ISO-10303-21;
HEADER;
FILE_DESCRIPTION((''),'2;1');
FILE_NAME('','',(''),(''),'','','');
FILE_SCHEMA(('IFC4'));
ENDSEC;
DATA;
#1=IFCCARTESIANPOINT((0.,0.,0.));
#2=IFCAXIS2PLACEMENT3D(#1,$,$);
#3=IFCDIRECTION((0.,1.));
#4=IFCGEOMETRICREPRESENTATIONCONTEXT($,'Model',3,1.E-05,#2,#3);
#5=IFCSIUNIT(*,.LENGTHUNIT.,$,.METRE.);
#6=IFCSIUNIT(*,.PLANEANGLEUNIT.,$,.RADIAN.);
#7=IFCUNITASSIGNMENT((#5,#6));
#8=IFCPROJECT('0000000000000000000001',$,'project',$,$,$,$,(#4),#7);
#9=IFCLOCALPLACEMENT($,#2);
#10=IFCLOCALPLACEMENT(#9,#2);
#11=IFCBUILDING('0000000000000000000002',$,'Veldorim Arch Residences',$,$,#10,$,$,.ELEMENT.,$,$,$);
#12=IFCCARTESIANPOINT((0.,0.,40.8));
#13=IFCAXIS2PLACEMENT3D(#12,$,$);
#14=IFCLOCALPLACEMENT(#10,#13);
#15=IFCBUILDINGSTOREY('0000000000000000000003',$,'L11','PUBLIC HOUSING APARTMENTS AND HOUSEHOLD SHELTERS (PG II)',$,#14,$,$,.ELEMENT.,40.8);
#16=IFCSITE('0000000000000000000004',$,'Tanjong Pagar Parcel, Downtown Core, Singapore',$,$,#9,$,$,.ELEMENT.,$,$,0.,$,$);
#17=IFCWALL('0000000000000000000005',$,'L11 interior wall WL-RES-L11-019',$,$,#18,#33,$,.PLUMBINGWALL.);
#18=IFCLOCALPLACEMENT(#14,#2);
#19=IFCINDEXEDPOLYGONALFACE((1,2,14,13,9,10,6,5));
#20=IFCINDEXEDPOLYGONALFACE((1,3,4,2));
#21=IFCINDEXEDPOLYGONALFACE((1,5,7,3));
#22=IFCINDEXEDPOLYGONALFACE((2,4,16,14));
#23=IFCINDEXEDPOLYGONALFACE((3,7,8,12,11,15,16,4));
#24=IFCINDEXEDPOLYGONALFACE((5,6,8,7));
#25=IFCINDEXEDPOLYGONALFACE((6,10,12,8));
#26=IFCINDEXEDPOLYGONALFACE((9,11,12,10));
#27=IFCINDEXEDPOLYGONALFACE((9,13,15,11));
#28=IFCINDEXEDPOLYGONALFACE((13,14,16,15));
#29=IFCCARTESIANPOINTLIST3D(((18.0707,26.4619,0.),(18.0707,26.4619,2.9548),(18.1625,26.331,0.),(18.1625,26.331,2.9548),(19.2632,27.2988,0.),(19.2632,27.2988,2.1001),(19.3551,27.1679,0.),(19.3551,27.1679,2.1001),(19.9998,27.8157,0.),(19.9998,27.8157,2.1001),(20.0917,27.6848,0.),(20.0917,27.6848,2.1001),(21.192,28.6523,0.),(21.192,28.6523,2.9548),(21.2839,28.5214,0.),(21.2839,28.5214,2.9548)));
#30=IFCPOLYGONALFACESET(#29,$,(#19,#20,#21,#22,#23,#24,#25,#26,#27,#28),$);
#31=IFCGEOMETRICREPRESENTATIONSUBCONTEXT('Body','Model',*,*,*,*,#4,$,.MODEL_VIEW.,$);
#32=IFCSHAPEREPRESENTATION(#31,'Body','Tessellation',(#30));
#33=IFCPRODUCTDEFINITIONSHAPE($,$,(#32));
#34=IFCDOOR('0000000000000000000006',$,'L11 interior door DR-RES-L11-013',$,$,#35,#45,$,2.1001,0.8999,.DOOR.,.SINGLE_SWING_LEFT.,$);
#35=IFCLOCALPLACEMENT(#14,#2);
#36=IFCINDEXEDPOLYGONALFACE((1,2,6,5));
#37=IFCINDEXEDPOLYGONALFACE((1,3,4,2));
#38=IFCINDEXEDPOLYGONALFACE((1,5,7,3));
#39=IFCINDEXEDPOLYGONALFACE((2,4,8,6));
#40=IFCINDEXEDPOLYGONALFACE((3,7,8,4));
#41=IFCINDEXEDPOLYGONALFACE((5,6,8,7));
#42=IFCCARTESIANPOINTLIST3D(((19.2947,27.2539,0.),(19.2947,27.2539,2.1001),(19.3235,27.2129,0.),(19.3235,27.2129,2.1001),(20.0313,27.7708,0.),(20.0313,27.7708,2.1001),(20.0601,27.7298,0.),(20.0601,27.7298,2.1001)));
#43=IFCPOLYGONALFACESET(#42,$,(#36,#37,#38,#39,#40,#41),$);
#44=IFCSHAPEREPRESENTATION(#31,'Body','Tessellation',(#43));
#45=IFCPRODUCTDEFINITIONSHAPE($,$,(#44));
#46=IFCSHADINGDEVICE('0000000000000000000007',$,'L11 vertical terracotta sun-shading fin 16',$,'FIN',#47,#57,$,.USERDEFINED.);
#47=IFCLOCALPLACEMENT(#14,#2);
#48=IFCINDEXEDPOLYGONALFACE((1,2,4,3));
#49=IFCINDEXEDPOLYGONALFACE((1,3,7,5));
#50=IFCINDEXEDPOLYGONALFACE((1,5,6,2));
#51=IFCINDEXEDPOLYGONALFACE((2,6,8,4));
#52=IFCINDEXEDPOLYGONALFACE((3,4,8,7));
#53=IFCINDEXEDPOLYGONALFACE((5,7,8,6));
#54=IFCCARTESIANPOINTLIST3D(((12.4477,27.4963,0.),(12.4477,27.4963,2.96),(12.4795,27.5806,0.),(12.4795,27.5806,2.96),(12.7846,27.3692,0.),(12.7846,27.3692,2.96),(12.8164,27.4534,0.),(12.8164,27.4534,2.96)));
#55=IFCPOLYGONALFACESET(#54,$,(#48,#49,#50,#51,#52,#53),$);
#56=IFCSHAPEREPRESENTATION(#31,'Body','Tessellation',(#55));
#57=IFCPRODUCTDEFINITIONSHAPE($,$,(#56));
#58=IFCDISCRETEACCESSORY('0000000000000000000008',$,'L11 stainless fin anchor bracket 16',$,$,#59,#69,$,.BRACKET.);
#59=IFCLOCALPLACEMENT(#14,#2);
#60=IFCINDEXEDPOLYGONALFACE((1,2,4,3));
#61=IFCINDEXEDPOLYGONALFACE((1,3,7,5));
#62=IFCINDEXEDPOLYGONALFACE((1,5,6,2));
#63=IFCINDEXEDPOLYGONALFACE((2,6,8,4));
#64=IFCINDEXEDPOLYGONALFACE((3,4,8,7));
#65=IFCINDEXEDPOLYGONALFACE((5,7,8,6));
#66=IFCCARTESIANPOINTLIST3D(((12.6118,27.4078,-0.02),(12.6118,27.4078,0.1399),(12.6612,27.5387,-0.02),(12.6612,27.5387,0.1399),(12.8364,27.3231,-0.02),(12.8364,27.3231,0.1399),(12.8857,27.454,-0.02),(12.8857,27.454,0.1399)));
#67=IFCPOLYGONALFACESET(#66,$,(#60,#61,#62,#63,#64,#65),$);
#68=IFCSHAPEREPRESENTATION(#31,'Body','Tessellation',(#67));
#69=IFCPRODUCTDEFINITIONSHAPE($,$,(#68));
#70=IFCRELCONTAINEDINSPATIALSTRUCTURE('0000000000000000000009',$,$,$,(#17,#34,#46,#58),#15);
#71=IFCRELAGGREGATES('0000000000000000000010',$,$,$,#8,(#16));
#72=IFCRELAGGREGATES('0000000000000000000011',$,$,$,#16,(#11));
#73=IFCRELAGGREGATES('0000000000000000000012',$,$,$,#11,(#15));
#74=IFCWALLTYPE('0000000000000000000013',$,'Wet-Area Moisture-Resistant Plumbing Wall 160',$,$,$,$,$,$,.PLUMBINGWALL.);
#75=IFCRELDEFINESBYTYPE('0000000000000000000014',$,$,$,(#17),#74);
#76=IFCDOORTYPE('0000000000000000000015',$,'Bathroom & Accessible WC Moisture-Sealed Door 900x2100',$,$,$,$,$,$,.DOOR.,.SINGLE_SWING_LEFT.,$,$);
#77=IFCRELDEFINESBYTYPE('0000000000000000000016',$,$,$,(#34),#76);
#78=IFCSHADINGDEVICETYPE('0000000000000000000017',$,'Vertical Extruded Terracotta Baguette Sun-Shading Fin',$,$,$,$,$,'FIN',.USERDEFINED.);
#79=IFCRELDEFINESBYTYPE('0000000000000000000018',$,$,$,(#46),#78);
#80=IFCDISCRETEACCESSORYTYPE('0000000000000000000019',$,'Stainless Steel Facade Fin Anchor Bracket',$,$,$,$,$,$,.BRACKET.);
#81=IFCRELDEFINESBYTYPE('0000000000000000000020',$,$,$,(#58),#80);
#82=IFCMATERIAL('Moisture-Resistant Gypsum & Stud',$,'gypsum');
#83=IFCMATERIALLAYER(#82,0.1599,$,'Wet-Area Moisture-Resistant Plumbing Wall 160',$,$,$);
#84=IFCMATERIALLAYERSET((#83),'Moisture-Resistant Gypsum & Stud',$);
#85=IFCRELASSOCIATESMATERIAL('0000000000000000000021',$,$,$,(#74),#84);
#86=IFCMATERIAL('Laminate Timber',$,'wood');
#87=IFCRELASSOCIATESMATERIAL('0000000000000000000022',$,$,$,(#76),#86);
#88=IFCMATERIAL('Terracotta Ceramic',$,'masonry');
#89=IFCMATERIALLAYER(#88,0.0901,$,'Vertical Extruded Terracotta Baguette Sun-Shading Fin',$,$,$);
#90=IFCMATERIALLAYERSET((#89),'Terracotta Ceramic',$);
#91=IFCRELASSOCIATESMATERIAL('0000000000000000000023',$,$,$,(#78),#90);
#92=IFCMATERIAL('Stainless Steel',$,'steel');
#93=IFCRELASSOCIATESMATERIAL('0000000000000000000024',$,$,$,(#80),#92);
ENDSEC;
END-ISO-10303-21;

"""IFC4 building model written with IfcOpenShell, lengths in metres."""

from ifc_helpers import new_model, si_unit, direction, frame, frame_2d, origin, origin_2d, place, context, subcontext, project, spatial, rectangle, extrude, material, layer, layer_set, type_object, element, fill, save


model = new_model("IFC4")

# Units and contexts
model_context = context("Model", 3, precision=1e-05, world=origin(), true_north=direction((0.0, 1.0)))
body_context = subcontext(model_context, "Body", "Model", "MODEL_VIEW")
ifc_project = project(units=[si_unit("LENGTHUNIT", "METRE"), si_unit("PLANEANGLEUNIT", "RADIAN")], contexts=[model_context])

# Site, building, storey
site_placement = place(None, origin())
site = spatial("IfcSite", under=ifc_project, at=site_placement, Name="Tanjong Pagar Parcel, Downtown Core, Singapore", CompositionType="ELEMENT", RefElevation=0.0)
building_placement = place(site_placement, origin())
building = spatial("IfcBuilding", under=site, at=building_placement, Name="Veldorim Arch Residences", CompositionType="ELEMENT")
storey_placement = place(building_placement, frame((0.0, 0.0, 40.8)))
storey = spatial("IfcBuildingStorey", under=building, at=storey_placement, Name="L11", Description="PUBLIC HOUSING APARTMENTS AND HOUSEHOLD SHELTERS (PG II)", CompositionType="ELEMENT", Elevation=40.8)

# Wall, opening, door
ifc_material_1 = material(Name="Moisture-Resistant Gypsum & Stud", Category="gypsum")
ifc_layer_1 = layer(ifc_material_1, 0.1599, Name="Wet-Area Moisture-Resistant Plumbing Wall 160")
ifc_layer_set_1 = layer_set([ifc_layer_1], Name="Moisture-Resistant Gypsum & Stud")
wall_type_1 = type_object("IfcWallType", Name="Wet-Area Moisture-Resistant Plumbing Wall 160", PredefinedType="PLUMBINGWALL", material=ifc_layer_set_1)
wall_1_placement = place(storey_placement, frame((21.238, 28.5869, 0.0), z_axis=(0.0, 0.0, 1.0), x_axis=(-0.818555, -0.574429, 0.0)))
wall_1 = element("IfcWall", 1, at=wall_1_placement, inside=storey, type_object=wall_type_1, Name="L11 interior wall WL-RES-L11-019", PredefinedType="PLUMBINGWALL", context=body_context, shape_type="SweptSolid", body=[
    extrude(rectangle(XDim=3.8132, YDim=0.1599, at=frame_2d((1.9067, 0.0))), origin(), (0.0, 0.0, 1.0), 2.9548),
])
opening_1_placement = place(wall_1_placement, frame((1.4565, 0.0, 0.0)))
opening_1 = element("IfcOpeningElement", 2, at=opening_1_placement, cuts=wall_1, PredefinedType="OPENING", context=body_context, shape_type="SweptSolid", body=[
    extrude(rectangle(XDim=0.8999, YDim=2.1001, at=frame_2d((0.45, 1.05))), frame((0.0, 0.0898, 0.0), z_axis=(0.0, -1.0, 0.0), x_axis=(1.0, 0.0, 0.0)), (0.0, 0.0, 1.0), 0.1799),
])
ifc_material_2 = material(Name="Laminate Timber", Category="wood")
door_type = type_object("IfcDoorType", Name="Bathroom & Accessible WC Moisture-Sealed Door 900x2100", OperationType="SINGLE_SWING_LEFT", PredefinedType="DOOR", material=ifc_material_2)
door_placement = place(opening_1_placement, origin())
door = element("IfcDoor", 3, at=door_placement, inside=storey, type_object=door_type, Name="L11 interior door DR-RES-L11-013", OperationType="SINGLE_SWING_LEFT", OverallHeight=2.1001, OverallWidth=0.8999, PredefinedType="DOOR", context=body_context, shape_type="SweptSolid", body=[
    extrude(rectangle(XDim=0.8999, YDim=2.1001, at=frame_2d((0.45, 1.05))), frame((0.0, 0.0249, 0.0), z_axis=(0.0, -1.0, 0.0), x_axis=(1.0, 0.0, 0.0)), (0.0, 0.0, 1.0), 0.05),
])
fill(opening_1, door)

# Shading device
ifc_material_3 = material(Name="Terracotta Ceramic", Category="masonry")
ifc_layer_2 = layer(ifc_material_3, 0.0901, Name="Vertical Extruded Terracotta Baguette Sun-Shading Fin")
ifc_layer_set_2 = layer_set([ifc_layer_2], Name="Terracotta Ceramic")
shading_device_type = type_object("IfcShadingDeviceType", Name="Vertical Extruded Terracotta Baguette Sun-Shading Fin", ElementType="FIN", PredefinedType="USERDEFINED", material=ifc_layer_set_2)
shading_device_placement = place(storey_placement, frame((12.6321, 27.4749, 0.0), z_axis=(0.0, 0.0, 1.0), x_axis=(0.352985, 0.935629, 0.0)))
element("IfcShadingDevice", 4, at=shading_device_placement, inside=storey, type_object=shading_device_type, Name="L11 vertical terracotta sun-shading fin 16", ObjectType="FIN", PredefinedType="USERDEFINED", context=body_context, shape_type="SweptSolid", body=[
    extrude(rectangle(XDim=0.0901, YDim=0.3601, at=origin_2d()), origin(), (0.0, 0.0, 1.0), 2.96),
])

# Discrete accessory
ifc_material_4 = material(Name="Stainless Steel", Category="steel")
discrete_accessory_type = type_object("IfcDiscreteAccessoryType", Name="Stainless Steel Facade Fin Anchor Bracket", PredefinedType="BRACKET", material=ifc_material_4)
discrete_accessory_placement = place(storey_placement, frame((12.7488, 27.4309, -0.02), z_axis=(0.0, 0.0, 1.0), x_axis=(0.352985, 0.935629, 0.0)))
element("IfcDiscreteAccessory", 5, at=discrete_accessory_placement, inside=storey, type_object=discrete_accessory_type, Name="L11 stainless fin anchor bracket 16", PredefinedType="BRACKET", context=body_context, shape_type="SweptSolid", body=[
    extrude(rectangle(XDim=0.1399, YDim=0.24, at=origin_2d()), origin(), (0.0, 0.0, 1.0), 0.1599),
])

save(model, "model.ifc")
